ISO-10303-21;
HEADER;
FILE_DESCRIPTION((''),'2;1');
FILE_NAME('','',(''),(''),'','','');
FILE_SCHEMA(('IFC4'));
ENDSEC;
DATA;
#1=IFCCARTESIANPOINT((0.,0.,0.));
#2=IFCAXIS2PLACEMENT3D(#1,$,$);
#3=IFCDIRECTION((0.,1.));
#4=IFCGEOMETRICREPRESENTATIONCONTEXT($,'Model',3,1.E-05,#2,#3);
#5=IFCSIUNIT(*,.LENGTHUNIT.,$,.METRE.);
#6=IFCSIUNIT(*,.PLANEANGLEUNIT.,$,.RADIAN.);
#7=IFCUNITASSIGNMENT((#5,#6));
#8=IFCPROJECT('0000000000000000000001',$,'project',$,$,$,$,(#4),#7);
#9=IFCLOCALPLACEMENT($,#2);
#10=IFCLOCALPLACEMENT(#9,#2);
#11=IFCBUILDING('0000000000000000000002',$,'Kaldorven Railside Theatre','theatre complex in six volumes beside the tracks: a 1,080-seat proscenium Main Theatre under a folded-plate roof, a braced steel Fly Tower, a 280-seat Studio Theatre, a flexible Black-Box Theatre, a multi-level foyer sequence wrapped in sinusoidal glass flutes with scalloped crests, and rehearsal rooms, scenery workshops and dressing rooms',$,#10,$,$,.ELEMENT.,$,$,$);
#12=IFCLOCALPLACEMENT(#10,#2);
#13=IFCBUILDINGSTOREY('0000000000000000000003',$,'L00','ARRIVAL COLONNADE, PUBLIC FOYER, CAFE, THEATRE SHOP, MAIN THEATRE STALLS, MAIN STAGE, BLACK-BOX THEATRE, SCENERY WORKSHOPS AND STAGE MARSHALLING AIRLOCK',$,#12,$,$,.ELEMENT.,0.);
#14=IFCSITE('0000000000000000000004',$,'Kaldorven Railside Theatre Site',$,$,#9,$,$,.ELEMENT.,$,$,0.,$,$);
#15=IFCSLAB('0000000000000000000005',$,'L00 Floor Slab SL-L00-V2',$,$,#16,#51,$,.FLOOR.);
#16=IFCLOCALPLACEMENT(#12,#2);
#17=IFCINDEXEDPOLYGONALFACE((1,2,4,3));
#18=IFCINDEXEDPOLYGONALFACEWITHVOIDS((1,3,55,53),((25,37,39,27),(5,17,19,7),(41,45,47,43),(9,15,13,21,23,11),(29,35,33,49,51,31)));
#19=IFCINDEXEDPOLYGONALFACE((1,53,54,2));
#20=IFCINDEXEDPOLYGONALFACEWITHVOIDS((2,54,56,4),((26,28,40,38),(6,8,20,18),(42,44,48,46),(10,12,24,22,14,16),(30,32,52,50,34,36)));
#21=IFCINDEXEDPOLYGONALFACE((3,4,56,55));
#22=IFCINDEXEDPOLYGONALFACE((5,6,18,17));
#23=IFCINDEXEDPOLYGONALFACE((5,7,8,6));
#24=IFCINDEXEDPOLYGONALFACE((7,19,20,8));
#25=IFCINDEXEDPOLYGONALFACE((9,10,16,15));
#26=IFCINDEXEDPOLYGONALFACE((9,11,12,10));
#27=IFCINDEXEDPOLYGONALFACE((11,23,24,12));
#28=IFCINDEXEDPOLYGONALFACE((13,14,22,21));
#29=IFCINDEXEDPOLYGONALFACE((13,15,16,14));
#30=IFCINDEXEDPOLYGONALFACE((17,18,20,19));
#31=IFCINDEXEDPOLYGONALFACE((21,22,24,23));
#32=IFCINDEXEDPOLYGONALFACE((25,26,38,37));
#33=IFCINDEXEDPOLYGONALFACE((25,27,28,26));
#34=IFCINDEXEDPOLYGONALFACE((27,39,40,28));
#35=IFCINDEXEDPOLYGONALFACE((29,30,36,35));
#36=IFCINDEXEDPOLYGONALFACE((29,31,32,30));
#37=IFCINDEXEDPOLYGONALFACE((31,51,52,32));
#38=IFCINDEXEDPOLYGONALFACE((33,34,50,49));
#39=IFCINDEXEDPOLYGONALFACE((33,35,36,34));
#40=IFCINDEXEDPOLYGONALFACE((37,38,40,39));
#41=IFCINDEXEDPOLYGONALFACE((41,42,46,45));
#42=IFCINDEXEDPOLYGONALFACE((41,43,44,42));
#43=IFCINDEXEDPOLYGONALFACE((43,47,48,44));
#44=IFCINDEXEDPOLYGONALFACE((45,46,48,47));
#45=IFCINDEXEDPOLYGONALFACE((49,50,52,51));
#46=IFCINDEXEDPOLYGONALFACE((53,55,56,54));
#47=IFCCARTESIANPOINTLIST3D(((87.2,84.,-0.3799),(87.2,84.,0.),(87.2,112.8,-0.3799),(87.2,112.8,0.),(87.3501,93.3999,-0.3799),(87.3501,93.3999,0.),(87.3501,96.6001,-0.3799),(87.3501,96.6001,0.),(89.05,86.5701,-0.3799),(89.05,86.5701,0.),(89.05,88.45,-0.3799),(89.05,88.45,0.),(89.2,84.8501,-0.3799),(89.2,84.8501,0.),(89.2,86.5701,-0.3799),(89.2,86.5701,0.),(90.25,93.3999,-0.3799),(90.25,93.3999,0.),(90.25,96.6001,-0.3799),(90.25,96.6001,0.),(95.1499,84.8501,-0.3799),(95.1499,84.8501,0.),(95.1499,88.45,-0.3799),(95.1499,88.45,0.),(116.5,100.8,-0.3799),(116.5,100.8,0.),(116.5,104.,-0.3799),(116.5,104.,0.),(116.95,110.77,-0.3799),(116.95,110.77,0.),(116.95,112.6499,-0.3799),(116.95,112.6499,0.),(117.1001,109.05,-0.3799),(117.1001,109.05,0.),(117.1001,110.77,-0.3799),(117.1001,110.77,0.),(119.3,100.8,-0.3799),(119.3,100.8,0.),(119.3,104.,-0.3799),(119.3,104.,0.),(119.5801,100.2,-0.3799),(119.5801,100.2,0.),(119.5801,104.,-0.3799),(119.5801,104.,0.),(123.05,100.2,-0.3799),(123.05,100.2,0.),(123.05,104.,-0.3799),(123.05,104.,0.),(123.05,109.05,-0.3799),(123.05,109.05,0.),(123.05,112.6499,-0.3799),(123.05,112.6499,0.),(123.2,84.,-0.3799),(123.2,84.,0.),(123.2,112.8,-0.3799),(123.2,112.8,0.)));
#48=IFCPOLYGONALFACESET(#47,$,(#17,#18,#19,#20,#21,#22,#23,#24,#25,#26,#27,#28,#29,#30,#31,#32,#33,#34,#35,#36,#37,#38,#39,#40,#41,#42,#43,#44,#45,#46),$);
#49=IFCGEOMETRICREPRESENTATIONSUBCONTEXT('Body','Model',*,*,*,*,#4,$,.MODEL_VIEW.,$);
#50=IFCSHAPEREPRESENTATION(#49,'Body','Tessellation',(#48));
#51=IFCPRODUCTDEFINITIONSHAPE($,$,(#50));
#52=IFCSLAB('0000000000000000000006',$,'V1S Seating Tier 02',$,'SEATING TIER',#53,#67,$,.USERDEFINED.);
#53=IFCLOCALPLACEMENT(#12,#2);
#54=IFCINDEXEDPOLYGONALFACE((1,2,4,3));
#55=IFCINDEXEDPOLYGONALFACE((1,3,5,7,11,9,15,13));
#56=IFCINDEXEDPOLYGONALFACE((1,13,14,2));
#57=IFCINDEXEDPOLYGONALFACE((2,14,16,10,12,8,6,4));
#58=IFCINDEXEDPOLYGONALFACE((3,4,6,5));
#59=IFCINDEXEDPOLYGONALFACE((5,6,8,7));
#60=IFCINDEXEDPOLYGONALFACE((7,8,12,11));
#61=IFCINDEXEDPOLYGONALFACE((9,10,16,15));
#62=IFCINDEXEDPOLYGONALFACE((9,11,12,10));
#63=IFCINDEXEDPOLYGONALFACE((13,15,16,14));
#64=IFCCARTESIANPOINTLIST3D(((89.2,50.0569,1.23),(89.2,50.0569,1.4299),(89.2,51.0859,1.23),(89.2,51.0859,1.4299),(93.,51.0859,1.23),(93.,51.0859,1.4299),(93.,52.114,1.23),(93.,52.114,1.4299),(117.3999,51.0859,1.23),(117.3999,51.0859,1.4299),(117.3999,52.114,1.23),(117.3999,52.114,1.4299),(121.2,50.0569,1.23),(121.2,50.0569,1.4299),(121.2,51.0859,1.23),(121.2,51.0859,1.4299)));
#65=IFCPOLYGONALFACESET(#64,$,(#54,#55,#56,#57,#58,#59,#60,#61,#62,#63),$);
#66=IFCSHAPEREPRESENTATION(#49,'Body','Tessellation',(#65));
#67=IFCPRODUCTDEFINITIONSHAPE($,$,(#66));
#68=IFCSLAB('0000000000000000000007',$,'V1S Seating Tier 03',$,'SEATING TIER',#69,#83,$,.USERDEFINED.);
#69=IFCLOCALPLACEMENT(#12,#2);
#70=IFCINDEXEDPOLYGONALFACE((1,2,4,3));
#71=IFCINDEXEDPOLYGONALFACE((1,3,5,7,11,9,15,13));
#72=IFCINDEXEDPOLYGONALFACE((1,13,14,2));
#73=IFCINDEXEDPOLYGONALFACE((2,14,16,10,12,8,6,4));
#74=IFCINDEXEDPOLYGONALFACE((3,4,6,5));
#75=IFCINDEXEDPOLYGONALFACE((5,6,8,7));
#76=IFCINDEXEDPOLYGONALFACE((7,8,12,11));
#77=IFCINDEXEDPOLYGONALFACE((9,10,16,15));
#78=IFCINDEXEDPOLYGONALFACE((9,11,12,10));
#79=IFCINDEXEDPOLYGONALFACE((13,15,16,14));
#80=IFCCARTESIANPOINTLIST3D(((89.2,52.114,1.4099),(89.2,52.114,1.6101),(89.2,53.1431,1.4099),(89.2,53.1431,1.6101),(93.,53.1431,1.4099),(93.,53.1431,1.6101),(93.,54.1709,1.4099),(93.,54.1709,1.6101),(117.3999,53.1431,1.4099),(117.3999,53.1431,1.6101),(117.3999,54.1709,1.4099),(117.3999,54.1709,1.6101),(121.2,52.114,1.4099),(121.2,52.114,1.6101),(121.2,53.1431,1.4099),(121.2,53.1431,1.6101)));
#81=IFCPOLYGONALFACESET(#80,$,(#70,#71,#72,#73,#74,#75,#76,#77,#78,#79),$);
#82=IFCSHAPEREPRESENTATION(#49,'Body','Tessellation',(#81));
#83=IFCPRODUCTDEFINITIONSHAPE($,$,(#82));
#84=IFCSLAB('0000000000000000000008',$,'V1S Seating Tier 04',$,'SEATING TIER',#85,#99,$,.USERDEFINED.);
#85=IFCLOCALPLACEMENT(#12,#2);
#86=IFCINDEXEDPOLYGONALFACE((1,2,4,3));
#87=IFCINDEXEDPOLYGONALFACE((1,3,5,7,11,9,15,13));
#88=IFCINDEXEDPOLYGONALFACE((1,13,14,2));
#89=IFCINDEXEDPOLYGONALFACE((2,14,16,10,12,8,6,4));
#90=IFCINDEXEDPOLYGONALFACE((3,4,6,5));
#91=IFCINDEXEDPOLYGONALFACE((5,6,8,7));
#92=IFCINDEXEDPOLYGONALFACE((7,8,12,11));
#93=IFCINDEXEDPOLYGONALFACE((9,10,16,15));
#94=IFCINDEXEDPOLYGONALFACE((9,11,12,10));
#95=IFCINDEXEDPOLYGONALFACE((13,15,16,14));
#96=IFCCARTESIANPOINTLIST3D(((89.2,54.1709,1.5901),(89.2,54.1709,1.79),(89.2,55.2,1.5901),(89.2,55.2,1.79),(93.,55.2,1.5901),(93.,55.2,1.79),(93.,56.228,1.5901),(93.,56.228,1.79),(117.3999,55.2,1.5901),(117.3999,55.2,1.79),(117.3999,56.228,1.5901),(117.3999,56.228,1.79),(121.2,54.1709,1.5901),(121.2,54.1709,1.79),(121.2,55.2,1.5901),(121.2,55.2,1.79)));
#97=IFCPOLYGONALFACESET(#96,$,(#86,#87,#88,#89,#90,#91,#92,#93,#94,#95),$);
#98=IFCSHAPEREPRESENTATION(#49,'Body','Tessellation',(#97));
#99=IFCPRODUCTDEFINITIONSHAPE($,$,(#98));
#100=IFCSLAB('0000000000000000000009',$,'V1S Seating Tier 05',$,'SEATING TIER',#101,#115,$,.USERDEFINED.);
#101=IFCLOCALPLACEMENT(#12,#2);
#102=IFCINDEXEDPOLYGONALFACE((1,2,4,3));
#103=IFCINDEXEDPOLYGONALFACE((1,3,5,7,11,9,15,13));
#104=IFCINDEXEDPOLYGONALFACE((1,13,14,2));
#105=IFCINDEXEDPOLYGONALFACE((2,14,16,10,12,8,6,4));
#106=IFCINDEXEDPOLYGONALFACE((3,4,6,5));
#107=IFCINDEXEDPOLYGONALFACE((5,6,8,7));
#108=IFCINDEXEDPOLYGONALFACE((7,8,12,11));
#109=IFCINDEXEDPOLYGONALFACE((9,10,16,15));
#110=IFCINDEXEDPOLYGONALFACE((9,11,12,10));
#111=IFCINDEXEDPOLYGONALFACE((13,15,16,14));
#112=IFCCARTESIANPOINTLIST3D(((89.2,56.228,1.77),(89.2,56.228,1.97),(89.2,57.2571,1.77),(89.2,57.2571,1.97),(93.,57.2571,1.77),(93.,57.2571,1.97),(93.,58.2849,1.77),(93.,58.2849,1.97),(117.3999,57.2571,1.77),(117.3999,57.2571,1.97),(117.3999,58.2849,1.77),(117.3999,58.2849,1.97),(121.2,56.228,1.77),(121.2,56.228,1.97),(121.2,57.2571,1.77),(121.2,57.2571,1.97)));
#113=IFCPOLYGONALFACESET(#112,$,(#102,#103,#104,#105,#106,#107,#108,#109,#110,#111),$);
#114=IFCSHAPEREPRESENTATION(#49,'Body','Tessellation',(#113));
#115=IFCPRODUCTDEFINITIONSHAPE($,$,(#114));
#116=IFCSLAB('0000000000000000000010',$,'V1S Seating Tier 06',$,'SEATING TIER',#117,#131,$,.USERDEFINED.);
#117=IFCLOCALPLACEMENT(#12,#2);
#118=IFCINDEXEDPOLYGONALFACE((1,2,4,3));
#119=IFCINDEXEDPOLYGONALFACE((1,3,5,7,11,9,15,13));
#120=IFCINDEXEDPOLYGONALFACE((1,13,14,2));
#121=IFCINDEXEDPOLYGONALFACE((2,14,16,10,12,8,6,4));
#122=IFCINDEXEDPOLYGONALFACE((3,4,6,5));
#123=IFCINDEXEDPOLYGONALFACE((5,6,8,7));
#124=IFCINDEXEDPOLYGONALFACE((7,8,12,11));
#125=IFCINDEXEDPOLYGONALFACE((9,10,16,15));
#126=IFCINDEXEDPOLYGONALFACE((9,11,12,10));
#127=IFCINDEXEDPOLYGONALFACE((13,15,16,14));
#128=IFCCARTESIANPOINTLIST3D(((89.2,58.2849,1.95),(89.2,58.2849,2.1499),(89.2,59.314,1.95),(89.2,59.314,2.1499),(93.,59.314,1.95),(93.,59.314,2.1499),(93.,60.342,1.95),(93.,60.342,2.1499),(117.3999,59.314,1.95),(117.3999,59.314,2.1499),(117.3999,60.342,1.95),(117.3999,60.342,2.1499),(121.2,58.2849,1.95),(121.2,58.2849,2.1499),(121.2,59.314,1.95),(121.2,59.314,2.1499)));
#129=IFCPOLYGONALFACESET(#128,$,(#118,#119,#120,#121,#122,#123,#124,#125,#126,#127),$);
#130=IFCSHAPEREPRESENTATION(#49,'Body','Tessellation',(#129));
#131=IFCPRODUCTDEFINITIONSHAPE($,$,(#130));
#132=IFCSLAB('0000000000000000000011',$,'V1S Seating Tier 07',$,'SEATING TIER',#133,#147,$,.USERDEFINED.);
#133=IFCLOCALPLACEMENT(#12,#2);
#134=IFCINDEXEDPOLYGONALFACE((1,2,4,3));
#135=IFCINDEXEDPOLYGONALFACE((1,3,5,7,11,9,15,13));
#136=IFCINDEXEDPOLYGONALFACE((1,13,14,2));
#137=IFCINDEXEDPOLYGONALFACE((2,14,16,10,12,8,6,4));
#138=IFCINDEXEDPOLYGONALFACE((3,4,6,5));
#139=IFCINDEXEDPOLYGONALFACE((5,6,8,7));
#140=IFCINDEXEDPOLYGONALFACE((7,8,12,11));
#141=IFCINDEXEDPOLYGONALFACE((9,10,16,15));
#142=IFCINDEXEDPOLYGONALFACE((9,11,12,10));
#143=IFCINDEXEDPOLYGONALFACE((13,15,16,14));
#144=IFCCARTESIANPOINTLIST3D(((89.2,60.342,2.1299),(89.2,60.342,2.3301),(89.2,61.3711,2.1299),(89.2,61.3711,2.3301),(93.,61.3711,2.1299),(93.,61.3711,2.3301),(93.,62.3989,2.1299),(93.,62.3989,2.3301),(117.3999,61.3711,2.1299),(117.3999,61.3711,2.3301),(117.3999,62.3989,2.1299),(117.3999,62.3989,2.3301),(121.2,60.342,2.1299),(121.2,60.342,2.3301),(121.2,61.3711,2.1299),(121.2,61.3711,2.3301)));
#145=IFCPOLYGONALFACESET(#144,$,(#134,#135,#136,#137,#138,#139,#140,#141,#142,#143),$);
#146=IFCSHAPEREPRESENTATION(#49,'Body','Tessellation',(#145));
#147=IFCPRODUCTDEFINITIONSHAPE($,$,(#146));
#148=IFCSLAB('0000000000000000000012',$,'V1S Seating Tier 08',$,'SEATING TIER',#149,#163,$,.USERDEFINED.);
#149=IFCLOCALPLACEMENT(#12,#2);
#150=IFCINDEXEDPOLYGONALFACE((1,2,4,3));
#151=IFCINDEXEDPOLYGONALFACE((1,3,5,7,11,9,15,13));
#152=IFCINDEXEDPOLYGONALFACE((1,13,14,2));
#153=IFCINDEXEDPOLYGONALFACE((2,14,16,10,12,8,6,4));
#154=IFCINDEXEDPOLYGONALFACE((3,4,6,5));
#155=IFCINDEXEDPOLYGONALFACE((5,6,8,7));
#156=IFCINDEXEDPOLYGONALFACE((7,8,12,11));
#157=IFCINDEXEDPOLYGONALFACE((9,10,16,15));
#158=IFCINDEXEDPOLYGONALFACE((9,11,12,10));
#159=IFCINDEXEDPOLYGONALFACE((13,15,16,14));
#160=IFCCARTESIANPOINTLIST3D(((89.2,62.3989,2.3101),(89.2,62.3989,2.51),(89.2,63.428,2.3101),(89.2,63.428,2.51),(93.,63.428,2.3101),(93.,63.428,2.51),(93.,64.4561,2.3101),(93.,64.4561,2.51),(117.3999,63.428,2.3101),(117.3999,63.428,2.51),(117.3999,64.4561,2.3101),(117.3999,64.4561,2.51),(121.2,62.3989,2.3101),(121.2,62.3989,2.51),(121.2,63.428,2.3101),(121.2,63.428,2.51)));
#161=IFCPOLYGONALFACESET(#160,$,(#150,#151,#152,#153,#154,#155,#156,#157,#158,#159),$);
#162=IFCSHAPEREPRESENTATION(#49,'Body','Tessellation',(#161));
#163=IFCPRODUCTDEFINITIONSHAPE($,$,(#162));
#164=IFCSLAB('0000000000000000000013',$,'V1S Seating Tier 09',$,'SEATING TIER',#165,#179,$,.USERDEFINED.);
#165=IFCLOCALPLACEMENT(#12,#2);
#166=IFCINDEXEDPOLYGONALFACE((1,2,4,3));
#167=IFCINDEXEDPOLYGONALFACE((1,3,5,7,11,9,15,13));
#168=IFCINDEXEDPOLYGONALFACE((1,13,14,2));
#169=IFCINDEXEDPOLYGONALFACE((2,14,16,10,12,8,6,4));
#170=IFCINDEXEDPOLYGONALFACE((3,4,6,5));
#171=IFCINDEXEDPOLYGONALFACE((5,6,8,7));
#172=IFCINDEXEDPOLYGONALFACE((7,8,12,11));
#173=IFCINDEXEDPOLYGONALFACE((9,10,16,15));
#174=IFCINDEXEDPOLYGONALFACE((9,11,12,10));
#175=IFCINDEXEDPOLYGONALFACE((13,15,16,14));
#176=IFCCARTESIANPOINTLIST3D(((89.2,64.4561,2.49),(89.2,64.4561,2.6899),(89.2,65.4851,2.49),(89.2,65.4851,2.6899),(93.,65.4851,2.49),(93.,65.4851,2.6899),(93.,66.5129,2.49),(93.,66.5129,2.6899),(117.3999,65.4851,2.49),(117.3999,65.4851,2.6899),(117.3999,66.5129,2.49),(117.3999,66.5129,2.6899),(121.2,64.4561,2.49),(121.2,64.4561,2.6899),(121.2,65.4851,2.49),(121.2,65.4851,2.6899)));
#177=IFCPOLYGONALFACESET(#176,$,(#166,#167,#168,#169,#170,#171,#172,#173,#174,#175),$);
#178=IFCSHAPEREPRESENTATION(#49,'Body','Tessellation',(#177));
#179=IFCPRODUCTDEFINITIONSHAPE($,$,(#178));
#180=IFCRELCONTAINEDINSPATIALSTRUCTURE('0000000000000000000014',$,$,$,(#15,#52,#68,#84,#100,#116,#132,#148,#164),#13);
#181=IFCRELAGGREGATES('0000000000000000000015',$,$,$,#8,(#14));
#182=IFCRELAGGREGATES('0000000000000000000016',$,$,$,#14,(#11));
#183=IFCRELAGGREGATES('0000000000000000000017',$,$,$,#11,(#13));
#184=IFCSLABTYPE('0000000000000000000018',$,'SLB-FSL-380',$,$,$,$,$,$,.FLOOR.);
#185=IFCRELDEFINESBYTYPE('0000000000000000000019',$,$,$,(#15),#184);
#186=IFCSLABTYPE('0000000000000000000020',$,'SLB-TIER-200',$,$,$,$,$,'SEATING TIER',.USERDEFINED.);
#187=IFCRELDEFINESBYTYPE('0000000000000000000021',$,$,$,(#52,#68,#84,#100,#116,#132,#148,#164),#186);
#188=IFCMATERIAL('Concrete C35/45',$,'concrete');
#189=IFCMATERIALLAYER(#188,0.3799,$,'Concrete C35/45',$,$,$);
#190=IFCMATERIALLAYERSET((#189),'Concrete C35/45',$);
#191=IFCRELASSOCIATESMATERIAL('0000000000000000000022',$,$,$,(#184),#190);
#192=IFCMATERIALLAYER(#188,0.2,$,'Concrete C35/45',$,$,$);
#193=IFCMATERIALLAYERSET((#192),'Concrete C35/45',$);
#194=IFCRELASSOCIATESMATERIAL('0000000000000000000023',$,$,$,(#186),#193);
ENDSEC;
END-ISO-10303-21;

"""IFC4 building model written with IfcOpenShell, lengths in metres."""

from ifc_helpers import new_model, si_unit, direction, frame, origin, place, context, subcontext, project, spatial, polyline, outline, extrude, material, layer, layer_set, type_object, element, save


model = new_model("IFC4")

# Units and contexts
model_context = context("Model", 3, precision=1e-05, world=origin(), true_north=direction((0.0, 1.0)))
body_context = subcontext(model_context, "Body", "Model", "MODEL_VIEW")
ifc_project = project(units=[si_unit("LENGTHUNIT", "METRE"), si_unit("PLANEANGLEUNIT", "RADIAN")], contexts=[model_context])

# Site, building, storey
site_placement = place(None, origin())
site = spatial("IfcSite", under=ifc_project, at=site_placement, Name="Kaldorven Railside Theatre Site", CompositionType="ELEMENT", RefElevation=0.0)
building_placement = place(site_placement, origin())
building = spatial("IfcBuilding", under=site, at=building_placement, Name="Kaldorven Railside Theatre", Description="theatre complex in six volumes beside the tracks: a 1,080-seat proscenium Main Theatre under a folded-plate roof, a braced steel Fly Tower, a 280-seat Studio Theatre, a flexible Black-Box Theatre, a multi-level foyer sequence wrapped in sinusoidal glass flutes with scalloped crests, and rehearsal rooms, scenery workshops and dressing rooms", CompositionType="ELEMENT")
storey_placement = place(building_placement, origin())
storey = spatial("IfcBuildingStorey", under=building, at=storey_placement, Name="L00", Description="ARRIVAL COLONNADE, PUBLIC FOYER, CAFE, THEATRE SHOP, MAIN THEATRE STALLS, MAIN STAGE, BLACK-BOX THEATRE, SCENERY WORKSHOPS AND STAGE MARSHALLING AIRLOCK", CompositionType="ELEMENT", Elevation=0.0)

# Slabs
ifc_material = material(Name="Concrete C35/45", Category="concrete")
ifc_layer_1 = layer(ifc_material, 0.3799, Name="Concrete C35/45")
ifc_layer_set_1 = layer_set([ifc_layer_1], Name="Concrete C35/45")
slab_type_1 = type_object("IfcSlabType", Name="SLB-FSL-380", PredefinedType="FLOOR", material=ifc_layer_set_1)
slab_1_placement = place(storey_placement, frame((0.0, 0.0, -0.3799)))
element("IfcSlab", 1, at=slab_1_placement, inside=storey, type_object=slab_type_1, Name="L00 Floor Slab SL-L00-V2", PredefinedType="FLOOR", context=body_context, shape_type="SweptSolid", body=[
    extrude(outline(polyline([(87.2, 84.0), (123.2, 84.0), (123.2, 112.8), (87.2, 112.8), (87.2, 84.0)]), holes=[polyline([(89.05, 88.45), (95.1499, 88.45), (95.1499, 84.8501), (89.2, 84.8501), (89.2, 86.5701), (89.05, 86.5701), (89.05, 88.45)]), polyline([(116.95, 112.6499), (123.05, 112.6499), (123.05, 109.05), (117.1001, 109.05), (117.1001, 110.77), (116.95, 110.77), (116.95, 112.6499)]), polyline([(90.25, 93.3999), (90.25, 96.6001), (87.3501, 96.6001), (87.3501, 93.3999), (90.25, 93.3999)]), polyline([(119.3, 100.8), (119.3, 104.0), (116.5, 104.0), (116.5, 100.8), (119.3, 100.8)]), polyline([(123.05, 100.2), (123.05, 104.0), (119.5801, 104.0), (119.5801, 100.2), (123.05, 100.2)])]), origin(), (0.0, 0.0, 1.0), 0.3799),
])
ifc_layer_2 = layer(ifc_material, 0.2, Name="Concrete C35/45")
ifc_layer_set_2 = layer_set([ifc_layer_2], Name="Concrete C35/45")
slab_type_2 = type_object("IfcSlabType", Name="SLB-TIER-200", ElementType="SEATING TIER", PredefinedType="USERDEFINED", material=ifc_layer_set_2)
slab_2_placement = place(storey_placement, frame((0.0, 0.0, 1.23)))
element("IfcSlab", 2, at=slab_2_placement, inside=storey, type_object=slab_type_2, Name="V1S Seating Tier 02", ObjectType="SEATING TIER", PredefinedType="USERDEFINED", context=body_context, shape_type="SweptSolid", body=[
    extrude(outline(polyline([(89.2, 50.0569), (121.2, 50.0569), (121.2, 51.0859), (117.3999, 51.0859), (117.3999, 52.114), (93.0, 52.114), (93.0, 51.0859), (89.2, 51.0859), (89.2, 50.0569)])), origin(), (0.0, 0.0, 1.0), 0.2),
])
slab_3_placement = place(storey_placement, frame((0.0, 0.0, 1.4099)))
element("IfcSlab", 3, at=slab_3_placement, inside=storey, type_object=slab_type_2, Name="V1S Seating Tier 03", ObjectType="SEATING TIER", PredefinedType="USERDEFINED", context=body_context, shape_type="SweptSolid", body=[
    extrude(outline(polyline([(89.2, 52.114), (121.2, 52.114), (121.2, 53.1431), (117.3999, 53.1431), (117.3999, 54.1709), (93.0, 54.1709), (93.0, 53.1431), (89.2, 53.1431), (89.2, 52.114)])), origin(), (0.0, 0.0, 1.0), 0.2002),
])
slab_4_placement = place(storey_placement, frame((0.0, 0.0, 1.5901)))
element("IfcSlab", 4, at=slab_4_placement, inside=storey, type_object=slab_type_2, Name="V1S Seating Tier 04", ObjectType="SEATING TIER", PredefinedType="USERDEFINED", context=body_context, shape_type="SweptSolid", body=[
    extrude(outline(polyline([(89.2, 54.1709), (121.2, 54.1709), (121.2, 55.2), (117.3999, 55.2), (117.3999, 56.228), (93.0, 56.228), (93.0, 55.2), (89.2, 55.2), (89.2, 54.1709)])), origin(), (0.0, 0.0, 1.0), 0.2),
])
slab_5_placement = place(storey_placement, frame((0.0, 0.0, 1.77)))
element("IfcSlab", 5, at=slab_5_placement, inside=storey, type_object=slab_type_2, Name="V1S Seating Tier 05", ObjectType="SEATING TIER", PredefinedType="USERDEFINED", context=body_context, shape_type="SweptSolid", body=[
    extrude(outline(polyline([(89.2, 56.228), (121.2, 56.228), (121.2, 57.2571), (117.3999, 57.2571), (117.3999, 58.2849), (93.0, 58.2849), (93.0, 57.2571), (89.2, 57.2571), (89.2, 56.228)])), origin(), (0.0, 0.0, 1.0), 0.2),
])
slab_6_placement = place(storey_placement, frame((0.0, 0.0, 1.95)))
element("IfcSlab", 6, at=slab_6_placement, inside=storey, type_object=slab_type_2, Name="V1S Seating Tier 06", ObjectType="SEATING TIER", PredefinedType="USERDEFINED", context=body_context, shape_type="SweptSolid", body=[
    extrude(outline(polyline([(89.2, 58.2849), (121.2, 58.2849), (121.2, 59.314), (117.3999, 59.314), (117.3999, 60.342), (93.0, 60.342), (93.0, 59.314), (89.2, 59.314), (89.2, 58.2849)])), origin(), (0.0, 0.0, 1.0), 0.2),
])
slab_7_placement = place(storey_placement, frame((0.0, 0.0, 2.1299)))
element("IfcSlab", 7, at=slab_7_placement, inside=storey, type_object=slab_type_2, Name="V1S Seating Tier 07", ObjectType="SEATING TIER", PredefinedType="USERDEFINED", context=body_context, shape_type="SweptSolid", body=[
    extrude(outline(polyline([(89.2, 60.342), (121.2, 60.342), (121.2, 61.3711), (117.3999, 61.3711), (117.3999, 62.3989), (93.0, 62.3989), (93.0, 61.3711), (89.2, 61.3711), (89.2, 60.342)])), origin(), (0.0, 0.0, 1.0), 0.2002),
])
slab_8_placement = place(storey_placement, frame((0.0, 0.0, 2.3101)))
element("IfcSlab", 8, at=slab_8_placement, inside=storey, type_object=slab_type_2, Name="V1S Seating Tier 08", ObjectType="SEATING TIER", PredefinedType="USERDEFINED", context=body_context, shape_type="SweptSolid", body=[
    extrude(outline(polyline([(89.2, 62.3989), (121.2, 62.3989), (121.2, 63.428), (117.3999, 63.428), (117.3999, 64.4561), (93.0, 64.4561), (93.0, 63.428), (89.2, 63.428), (89.2, 62.3989)])), origin(), (0.0, 0.0, 1.0), 0.2),
])
slab_9_placement = place(storey_placement, frame((0.0, 0.0, 2.49)))
element("IfcSlab", 9, at=slab_9_placement, inside=storey, type_object=slab_type_2, Name="V1S Seating Tier 09", ObjectType="SEATING TIER", PredefinedType="USERDEFINED", context=body_context, shape_type="SweptSolid", body=[
    extrude(outline(polyline([(89.2, 64.4561), (121.2, 64.4561), (121.2, 65.4851), (117.3999, 65.4851), (117.3999, 66.5129), (93.0, 66.5129), (93.0, 65.4851), (89.2, 65.4851), (89.2, 64.4561)])), origin(), (0.0, 0.0, 1.0), 0.2),
])

save(model, "model.ifc")
